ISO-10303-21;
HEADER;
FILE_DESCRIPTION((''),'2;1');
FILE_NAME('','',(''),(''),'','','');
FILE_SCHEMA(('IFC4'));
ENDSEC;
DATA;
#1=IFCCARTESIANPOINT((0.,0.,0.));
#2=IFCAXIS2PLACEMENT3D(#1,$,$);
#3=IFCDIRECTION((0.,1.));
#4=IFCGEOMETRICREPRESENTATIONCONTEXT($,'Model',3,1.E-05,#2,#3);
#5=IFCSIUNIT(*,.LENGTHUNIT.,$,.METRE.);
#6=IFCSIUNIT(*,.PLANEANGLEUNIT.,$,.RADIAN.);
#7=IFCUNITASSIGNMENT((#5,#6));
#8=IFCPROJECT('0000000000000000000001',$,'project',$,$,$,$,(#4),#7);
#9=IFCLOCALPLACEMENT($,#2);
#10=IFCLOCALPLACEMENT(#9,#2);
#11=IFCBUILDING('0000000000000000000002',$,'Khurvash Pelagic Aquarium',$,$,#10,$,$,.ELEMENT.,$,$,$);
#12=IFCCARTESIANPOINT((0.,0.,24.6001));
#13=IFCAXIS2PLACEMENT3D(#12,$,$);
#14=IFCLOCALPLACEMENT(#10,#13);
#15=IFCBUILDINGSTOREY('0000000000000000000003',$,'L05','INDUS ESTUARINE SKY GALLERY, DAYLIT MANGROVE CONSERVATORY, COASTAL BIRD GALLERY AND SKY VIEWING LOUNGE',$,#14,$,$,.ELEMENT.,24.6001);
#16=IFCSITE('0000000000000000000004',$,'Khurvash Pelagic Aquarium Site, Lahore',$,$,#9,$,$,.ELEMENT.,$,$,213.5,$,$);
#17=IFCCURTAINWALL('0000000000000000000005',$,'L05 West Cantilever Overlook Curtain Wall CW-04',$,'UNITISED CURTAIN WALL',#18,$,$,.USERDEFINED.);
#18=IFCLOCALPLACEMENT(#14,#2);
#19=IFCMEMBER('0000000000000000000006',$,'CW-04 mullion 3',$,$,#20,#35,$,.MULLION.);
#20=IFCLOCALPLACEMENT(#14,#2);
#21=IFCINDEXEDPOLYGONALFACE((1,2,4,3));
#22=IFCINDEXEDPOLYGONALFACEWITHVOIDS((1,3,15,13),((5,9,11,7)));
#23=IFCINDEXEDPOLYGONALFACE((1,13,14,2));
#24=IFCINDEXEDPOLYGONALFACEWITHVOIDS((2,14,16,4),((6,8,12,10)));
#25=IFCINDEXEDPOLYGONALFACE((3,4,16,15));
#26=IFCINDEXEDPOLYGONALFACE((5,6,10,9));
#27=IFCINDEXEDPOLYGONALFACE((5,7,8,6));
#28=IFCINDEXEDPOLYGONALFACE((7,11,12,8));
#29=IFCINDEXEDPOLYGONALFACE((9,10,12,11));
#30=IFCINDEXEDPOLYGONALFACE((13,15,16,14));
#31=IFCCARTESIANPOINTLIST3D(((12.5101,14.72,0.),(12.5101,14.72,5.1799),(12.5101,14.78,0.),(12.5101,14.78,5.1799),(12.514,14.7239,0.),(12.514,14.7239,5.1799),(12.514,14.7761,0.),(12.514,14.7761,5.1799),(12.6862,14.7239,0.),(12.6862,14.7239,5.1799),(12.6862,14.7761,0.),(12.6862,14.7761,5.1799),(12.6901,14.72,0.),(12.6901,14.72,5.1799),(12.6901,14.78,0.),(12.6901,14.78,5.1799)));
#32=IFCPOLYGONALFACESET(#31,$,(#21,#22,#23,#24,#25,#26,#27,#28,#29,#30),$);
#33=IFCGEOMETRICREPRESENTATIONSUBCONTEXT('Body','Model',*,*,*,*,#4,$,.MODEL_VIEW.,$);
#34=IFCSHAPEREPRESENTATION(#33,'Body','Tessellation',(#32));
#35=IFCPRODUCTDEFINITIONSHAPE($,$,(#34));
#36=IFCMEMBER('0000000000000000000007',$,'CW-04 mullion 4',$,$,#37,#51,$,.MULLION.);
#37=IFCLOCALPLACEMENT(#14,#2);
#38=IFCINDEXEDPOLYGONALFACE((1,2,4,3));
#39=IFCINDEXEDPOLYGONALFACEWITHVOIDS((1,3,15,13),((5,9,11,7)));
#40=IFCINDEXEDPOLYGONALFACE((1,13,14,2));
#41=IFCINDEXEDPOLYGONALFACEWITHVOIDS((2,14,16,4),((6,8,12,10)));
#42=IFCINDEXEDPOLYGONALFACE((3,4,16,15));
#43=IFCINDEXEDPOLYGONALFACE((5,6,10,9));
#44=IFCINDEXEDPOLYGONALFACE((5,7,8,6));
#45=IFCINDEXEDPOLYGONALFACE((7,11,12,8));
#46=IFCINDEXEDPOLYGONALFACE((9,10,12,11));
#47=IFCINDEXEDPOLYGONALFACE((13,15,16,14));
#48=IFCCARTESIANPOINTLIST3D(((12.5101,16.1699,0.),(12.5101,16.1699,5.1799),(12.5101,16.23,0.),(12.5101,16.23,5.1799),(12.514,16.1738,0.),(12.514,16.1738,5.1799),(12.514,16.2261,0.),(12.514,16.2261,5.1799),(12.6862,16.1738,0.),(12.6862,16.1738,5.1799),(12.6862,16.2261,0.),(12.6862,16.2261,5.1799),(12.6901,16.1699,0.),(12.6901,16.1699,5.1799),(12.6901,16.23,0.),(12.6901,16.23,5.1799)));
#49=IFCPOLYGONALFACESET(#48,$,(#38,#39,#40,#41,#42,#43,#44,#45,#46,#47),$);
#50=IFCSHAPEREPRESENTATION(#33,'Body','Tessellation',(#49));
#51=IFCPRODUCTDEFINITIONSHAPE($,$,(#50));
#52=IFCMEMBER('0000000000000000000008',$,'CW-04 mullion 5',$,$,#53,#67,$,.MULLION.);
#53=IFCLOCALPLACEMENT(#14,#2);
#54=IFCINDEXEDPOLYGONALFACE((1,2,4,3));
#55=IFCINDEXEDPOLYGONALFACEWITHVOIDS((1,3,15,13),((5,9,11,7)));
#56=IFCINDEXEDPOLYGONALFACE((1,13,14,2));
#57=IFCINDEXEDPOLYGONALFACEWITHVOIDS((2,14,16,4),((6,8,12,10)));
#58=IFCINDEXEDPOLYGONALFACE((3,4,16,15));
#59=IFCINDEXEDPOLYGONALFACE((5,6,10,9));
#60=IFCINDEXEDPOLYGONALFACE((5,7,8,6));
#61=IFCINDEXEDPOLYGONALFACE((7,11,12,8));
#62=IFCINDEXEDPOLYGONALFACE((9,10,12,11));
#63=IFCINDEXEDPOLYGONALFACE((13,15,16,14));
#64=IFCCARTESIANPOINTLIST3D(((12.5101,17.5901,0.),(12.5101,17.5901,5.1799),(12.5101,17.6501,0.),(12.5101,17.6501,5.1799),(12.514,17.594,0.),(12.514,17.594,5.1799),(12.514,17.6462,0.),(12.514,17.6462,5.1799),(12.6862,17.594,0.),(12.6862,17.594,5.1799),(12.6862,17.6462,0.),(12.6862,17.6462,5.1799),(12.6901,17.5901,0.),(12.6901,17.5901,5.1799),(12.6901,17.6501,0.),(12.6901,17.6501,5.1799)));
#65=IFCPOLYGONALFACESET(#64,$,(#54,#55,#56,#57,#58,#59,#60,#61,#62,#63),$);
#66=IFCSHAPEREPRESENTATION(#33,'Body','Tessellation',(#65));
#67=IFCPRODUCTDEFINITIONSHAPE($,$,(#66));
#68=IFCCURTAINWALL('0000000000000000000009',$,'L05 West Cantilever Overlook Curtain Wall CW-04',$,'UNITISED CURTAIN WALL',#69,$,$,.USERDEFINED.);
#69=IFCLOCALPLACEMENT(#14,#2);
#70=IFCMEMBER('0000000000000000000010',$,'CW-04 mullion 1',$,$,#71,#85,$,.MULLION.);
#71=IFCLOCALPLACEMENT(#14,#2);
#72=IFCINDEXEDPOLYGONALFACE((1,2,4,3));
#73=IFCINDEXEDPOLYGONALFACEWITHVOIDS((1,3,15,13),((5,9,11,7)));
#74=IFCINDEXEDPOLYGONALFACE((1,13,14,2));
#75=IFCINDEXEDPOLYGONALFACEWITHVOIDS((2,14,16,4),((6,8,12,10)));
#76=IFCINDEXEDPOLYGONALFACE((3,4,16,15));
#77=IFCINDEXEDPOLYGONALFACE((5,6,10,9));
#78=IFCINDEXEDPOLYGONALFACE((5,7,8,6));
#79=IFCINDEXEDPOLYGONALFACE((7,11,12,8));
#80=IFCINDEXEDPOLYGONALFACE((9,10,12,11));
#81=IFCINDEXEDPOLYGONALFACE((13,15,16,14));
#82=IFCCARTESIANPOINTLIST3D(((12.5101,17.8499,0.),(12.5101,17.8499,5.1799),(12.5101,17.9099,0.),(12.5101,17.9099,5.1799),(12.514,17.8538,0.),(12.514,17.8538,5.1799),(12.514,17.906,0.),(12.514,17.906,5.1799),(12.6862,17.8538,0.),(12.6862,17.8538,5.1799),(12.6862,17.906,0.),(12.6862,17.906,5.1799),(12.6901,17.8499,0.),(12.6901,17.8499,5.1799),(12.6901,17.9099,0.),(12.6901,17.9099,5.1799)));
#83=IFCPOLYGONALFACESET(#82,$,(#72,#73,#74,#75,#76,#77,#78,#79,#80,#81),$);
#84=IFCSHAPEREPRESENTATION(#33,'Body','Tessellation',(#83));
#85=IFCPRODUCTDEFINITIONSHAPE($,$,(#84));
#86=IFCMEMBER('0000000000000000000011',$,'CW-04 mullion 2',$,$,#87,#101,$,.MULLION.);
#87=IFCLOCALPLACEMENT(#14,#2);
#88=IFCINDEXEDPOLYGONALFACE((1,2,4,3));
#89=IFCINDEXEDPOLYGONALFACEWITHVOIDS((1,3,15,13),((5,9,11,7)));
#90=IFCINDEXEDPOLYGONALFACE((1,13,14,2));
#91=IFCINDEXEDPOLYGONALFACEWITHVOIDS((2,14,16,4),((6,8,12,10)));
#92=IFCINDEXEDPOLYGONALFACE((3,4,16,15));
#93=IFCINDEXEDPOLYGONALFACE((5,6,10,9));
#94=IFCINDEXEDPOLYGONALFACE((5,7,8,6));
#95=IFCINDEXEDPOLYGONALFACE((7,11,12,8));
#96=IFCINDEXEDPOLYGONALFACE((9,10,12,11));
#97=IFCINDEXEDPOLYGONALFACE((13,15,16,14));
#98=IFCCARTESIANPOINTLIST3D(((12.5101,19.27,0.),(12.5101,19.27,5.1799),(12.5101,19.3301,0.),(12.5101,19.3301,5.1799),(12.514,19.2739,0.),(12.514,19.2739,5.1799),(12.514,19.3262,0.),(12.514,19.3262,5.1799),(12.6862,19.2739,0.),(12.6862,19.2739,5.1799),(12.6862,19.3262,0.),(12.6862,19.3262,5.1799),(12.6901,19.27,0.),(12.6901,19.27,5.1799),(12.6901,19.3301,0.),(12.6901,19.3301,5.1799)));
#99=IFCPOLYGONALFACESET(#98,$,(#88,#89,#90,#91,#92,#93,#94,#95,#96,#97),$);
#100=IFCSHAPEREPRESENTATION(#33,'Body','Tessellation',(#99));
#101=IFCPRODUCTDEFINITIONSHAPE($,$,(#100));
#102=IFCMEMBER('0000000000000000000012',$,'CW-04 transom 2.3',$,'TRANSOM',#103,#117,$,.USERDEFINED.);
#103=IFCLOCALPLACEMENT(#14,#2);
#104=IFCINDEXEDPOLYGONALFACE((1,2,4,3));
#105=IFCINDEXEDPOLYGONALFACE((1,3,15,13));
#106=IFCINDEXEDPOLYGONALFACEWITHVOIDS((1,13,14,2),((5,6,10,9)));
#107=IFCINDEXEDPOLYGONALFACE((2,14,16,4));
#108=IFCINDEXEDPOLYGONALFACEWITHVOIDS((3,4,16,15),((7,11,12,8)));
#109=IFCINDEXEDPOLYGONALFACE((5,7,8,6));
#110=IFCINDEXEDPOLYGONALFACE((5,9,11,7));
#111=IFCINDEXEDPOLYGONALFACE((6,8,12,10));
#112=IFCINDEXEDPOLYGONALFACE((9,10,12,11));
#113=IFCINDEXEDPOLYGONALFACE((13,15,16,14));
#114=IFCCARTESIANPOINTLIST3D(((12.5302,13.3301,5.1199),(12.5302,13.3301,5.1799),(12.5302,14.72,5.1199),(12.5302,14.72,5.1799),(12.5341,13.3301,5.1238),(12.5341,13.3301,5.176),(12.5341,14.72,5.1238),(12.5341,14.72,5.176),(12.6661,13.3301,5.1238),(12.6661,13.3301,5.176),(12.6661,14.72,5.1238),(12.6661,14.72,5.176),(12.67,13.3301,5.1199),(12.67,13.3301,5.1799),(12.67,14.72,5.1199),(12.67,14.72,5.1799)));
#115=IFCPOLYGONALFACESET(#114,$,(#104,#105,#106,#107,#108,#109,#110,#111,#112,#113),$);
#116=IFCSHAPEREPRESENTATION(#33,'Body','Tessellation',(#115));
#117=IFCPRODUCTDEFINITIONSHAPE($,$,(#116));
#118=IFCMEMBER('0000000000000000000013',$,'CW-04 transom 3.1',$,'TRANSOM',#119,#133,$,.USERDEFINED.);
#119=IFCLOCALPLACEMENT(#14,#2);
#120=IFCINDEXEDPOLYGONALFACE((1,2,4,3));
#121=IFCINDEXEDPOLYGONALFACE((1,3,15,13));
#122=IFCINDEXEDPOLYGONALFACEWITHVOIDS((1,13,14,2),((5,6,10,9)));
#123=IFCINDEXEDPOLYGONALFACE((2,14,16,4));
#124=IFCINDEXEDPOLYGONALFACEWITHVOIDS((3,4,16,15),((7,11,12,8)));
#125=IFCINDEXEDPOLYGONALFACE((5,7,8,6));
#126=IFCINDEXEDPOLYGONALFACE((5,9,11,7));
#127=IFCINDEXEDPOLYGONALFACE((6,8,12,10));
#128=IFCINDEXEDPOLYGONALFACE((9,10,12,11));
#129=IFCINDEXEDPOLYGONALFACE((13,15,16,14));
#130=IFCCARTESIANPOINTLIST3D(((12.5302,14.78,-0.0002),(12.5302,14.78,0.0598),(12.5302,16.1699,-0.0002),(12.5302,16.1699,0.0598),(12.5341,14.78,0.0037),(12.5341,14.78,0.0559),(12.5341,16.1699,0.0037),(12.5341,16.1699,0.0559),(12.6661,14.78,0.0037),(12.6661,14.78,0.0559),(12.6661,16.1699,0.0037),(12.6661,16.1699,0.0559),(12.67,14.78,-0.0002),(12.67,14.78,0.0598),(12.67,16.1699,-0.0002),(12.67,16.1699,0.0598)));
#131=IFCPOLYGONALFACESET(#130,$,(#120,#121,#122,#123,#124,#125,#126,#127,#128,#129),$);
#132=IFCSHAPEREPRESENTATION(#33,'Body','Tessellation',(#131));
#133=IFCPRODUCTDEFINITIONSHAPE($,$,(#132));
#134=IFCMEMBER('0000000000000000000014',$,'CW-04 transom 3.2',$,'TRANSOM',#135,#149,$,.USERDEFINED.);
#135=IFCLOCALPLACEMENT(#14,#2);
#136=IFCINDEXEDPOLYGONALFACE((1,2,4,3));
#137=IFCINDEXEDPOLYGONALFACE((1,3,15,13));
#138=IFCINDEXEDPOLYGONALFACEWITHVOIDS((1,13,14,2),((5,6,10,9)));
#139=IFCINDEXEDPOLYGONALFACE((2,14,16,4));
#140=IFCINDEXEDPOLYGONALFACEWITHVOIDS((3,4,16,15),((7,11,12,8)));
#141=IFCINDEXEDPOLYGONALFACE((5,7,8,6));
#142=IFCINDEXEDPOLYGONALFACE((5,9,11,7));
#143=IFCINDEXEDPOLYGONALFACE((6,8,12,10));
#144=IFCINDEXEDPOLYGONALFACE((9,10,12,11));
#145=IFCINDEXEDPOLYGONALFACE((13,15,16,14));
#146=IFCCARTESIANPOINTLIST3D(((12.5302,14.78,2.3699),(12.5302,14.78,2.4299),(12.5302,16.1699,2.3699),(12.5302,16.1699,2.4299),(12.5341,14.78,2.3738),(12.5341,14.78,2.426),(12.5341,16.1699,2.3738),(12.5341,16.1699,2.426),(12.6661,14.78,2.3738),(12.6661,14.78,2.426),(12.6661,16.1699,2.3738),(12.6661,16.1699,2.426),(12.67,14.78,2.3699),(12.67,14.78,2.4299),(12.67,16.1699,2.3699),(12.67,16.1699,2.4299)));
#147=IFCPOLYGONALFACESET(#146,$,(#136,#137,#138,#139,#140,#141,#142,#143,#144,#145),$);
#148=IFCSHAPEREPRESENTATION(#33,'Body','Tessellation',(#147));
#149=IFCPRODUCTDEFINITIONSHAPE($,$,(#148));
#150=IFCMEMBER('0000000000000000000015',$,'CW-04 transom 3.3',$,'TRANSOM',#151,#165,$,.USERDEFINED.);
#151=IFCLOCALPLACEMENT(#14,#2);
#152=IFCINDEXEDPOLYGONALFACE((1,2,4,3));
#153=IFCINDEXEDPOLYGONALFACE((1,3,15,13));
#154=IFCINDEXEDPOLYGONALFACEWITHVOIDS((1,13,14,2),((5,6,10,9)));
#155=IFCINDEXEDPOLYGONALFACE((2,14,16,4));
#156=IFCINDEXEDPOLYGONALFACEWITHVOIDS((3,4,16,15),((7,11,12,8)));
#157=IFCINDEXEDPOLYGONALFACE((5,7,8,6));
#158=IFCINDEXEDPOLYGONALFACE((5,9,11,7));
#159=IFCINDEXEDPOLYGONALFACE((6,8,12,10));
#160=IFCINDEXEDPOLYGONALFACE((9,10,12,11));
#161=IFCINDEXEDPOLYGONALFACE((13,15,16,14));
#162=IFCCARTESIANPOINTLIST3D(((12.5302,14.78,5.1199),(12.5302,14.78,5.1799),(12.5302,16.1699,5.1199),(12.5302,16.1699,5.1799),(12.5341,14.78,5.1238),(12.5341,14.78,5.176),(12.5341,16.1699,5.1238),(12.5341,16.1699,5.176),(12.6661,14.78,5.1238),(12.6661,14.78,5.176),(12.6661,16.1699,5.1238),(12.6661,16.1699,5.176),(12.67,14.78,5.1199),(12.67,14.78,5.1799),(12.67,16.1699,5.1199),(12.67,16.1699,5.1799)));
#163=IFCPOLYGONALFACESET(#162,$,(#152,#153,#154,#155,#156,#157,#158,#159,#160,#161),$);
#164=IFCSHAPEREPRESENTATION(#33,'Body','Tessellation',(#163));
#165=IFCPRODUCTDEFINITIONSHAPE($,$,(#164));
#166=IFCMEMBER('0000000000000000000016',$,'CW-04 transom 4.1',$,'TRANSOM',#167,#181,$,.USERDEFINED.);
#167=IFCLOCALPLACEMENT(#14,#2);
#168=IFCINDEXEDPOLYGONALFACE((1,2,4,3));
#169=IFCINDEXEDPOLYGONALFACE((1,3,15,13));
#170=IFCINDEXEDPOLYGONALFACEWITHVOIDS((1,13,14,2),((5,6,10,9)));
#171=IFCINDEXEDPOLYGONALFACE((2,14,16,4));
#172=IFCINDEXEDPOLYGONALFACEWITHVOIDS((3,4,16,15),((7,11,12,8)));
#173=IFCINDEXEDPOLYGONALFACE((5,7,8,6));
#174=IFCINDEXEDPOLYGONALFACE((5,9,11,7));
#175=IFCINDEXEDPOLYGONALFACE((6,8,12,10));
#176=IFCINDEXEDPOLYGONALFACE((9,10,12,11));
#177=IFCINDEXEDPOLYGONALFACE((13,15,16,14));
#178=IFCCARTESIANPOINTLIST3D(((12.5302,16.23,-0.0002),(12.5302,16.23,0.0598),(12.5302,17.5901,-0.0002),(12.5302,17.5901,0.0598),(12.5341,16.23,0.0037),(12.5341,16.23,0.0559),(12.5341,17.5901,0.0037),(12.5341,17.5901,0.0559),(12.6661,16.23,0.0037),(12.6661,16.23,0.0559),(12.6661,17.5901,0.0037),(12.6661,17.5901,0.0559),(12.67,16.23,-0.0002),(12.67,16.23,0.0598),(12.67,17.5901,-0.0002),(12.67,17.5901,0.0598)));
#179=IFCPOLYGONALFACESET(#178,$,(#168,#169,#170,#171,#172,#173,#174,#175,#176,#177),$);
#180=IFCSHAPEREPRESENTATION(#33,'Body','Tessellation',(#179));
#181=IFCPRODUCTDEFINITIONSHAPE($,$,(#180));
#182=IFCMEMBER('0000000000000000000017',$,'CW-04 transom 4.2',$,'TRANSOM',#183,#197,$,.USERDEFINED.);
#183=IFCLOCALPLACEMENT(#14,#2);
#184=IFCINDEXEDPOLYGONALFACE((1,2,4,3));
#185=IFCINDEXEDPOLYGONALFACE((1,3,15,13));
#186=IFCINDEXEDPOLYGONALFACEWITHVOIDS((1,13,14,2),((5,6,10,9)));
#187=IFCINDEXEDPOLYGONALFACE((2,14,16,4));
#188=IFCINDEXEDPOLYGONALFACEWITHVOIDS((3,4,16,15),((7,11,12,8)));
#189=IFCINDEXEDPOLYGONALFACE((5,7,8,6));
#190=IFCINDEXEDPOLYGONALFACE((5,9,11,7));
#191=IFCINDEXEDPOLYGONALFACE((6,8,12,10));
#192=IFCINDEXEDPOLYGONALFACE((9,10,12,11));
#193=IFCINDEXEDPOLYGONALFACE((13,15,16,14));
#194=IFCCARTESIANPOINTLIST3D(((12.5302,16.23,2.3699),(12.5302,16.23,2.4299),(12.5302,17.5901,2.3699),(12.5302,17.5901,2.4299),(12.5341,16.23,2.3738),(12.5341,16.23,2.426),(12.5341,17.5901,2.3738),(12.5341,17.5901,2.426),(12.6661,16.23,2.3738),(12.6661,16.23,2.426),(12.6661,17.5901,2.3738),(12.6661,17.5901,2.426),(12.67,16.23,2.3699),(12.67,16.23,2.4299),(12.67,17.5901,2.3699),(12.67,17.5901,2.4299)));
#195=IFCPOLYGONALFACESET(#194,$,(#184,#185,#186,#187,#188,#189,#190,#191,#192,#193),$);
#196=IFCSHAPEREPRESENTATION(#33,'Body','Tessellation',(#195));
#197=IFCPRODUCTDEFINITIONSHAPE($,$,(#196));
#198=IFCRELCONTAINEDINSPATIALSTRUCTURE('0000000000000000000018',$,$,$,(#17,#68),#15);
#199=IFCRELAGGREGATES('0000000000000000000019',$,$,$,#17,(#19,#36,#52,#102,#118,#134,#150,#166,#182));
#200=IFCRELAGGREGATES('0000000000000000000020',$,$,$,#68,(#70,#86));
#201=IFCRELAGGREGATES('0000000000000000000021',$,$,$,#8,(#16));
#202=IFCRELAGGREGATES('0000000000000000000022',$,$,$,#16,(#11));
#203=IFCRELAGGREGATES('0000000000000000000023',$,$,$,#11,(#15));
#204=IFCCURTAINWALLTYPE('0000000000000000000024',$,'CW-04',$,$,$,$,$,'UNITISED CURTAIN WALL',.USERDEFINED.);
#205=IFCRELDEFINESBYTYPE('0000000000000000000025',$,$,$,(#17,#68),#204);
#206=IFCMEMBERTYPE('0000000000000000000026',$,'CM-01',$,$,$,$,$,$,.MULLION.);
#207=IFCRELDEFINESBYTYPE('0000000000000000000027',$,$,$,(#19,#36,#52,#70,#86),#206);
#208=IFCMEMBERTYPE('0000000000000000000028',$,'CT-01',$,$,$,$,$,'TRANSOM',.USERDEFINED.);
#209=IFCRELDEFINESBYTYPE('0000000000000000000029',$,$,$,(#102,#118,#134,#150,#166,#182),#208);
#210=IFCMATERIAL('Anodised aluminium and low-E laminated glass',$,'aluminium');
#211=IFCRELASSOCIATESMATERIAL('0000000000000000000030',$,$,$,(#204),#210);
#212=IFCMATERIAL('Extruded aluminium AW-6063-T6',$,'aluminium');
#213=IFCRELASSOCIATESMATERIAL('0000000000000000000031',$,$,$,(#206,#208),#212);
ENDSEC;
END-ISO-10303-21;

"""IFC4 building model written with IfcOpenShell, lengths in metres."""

from ifc_helpers import new_model, si_unit, direction, frame, origin, origin_2d, place, context, subcontext, project, spatial, hollow_rectangle, extrude, material, material_profile, profile_set, type_object, element, aggregate, save


model = new_model("IFC4")

# Units and contexts
model_context = context("Model", 3, precision=1e-05, world=origin(), true_north=direction((0.0, 1.0)))
body_context = subcontext(model_context, "Body", "Model", "MODEL_VIEW")
ifc_project = project(units=[si_unit("LENGTHUNIT", "METRE"), si_unit("PLANEANGLEUNIT", "RADIAN")], contexts=[model_context])

# Site, building, storey
site_placement = place(None, origin())
site = spatial("IfcSite", under=ifc_project, at=site_placement, Name="Khurvash Pelagic Aquarium Site, Lahore", CompositionType="ELEMENT", RefElevation=213.5)
building_placement = place(site_placement, origin())
building = spatial("IfcBuilding", under=site, at=building_placement, Name="Khurvash Pelagic Aquarium", CompositionType="ELEMENT")
storey_placement = place(building_placement, frame((0.0, 0.0, 24.6001)))
storey = spatial("IfcBuildingStorey", under=building, at=storey_placement, Name="L05", Description="INDUS ESTUARINE SKY GALLERY, DAYLIT MANGROVE CONSERVATORY, COASTAL BIRD GALLERY AND SKY VIEWING LOUNGE", CompositionType="ELEMENT", Elevation=24.6001)

# Curtain walls, members
ifc_material_1 = material(Name="Anodised aluminium and low-E laminated glass", Category="aluminium")
curtain_wall_type = type_object("IfcCurtainWallType", Name="CW-04", ElementType="UNITISED CURTAIN WALL", PredefinedType="USERDEFINED", material=ifc_material_1)
curtain_wall_1_placement = place(storey_placement, origin())
curtain_wall_1 = element("IfcCurtainWall", 1, at=curtain_wall_1_placement, inside=storey, type_object=curtain_wall_type, Name="L05 West Cantilever Overlook Curtain Wall CW-04", ObjectType="UNITISED CURTAIN WALL", PredefinedType="USERDEFINED")
ifc_material_2 = material(Name="Extruded aluminium AW-6063-T6", Category="aluminium")
ifc_material_profile_1 = material_profile(ifc_material_2, hollow_rectangle(XDim=0.0601, YDim=0.1799, WallThickness=0.0039, at=origin_2d()), Name="CWM60X180X4")
ifc_profile_set_1 = profile_set([ifc_material_profile_1], Name="Extruded aluminium AW-6063-T6")
member_type_1 = type_object("IfcMemberType", Name="CM-01", PredefinedType="MULLION", material=ifc_profile_set_1)
member_1_placement = place(storey_placement, frame((12.6001, 14.75, 0.0), z_axis=(0.0, 0.0, 1.0), x_axis=(0.0, 1.0, 0.0)))
member_1 = element("IfcMember", 2, at=member_1_placement, type_object=member_type_1, Name="CW-04 mullion 3", PredefinedType="MULLION", context=body_context, shape_type="SweptSolid", body=[
    extrude(hollow_rectangle(XDim=0.0601, YDim=0.1799, WallThickness=0.0039, at=origin_2d()), origin(), (0.0, 0.0, 1.0), 5.1799),
])
member_2_placement = place(storey_placement, frame((12.6001, 16.2, 0.0), z_axis=(0.0, 0.0, 1.0), x_axis=(0.0, 1.0, 0.0)))
member_2 = element("IfcMember", 3, at=member_2_placement, type_object=member_type_1, Name="CW-04 mullion 4", PredefinedType="MULLION", context=body_context, shape_type="SweptSolid", body=[
    extrude(hollow_rectangle(XDim=0.0601, YDim=0.1799, WallThickness=0.0039, at=origin_2d()), origin(), (0.0, 0.0, 1.0), 5.1799),
])
member_3_placement = place(storey_placement, frame((12.6001, 17.6201, 0.0), z_axis=(0.0, 0.0, 1.0), x_axis=(0.0, 1.0, 0.0)))
member_3 = element("IfcMember", 4, at=member_3_placement, type_object=member_type_1, Name="CW-04 mullion 5", PredefinedType="MULLION", context=body_context, shape_type="SweptSolid", body=[
    extrude(hollow_rectangle(XDim=0.0601, YDim=0.1799, WallThickness=0.0039, at=origin_2d()), origin(), (0.0, 0.0, 1.0), 5.1799),
])
curtain_wall_2_placement = place(storey_placement, origin())
curtain_wall_2 = element("IfcCurtainWall", 5, at=curtain_wall_2_placement, inside=storey, type_object=curtain_wall_type, Name="L05 West Cantilever Overlook Curtain Wall CW-04", ObjectType="UNITISED CURTAIN WALL", PredefinedType="USERDEFINED")
member_4_placement = place(storey_placement, frame((12.6001, 17.8799, 0.0), z_axis=(0.0, 0.0, 1.0), x_axis=(0.0, 1.0, 0.0)))
member_4 = element("IfcMember", 6, at=member_4_placement, type_object=member_type_1, Name="CW-04 mullion 1", PredefinedType="MULLION", context=body_context, shape_type="SweptSolid", body=[
    extrude(hollow_rectangle(XDim=0.0601, YDim=0.1799, WallThickness=0.0039, at=origin_2d()), origin(), (0.0, 0.0, 1.0), 5.1799),
])
member_5_placement = place(storey_placement, frame((12.6001, 19.3, 0.0), z_axis=(0.0, 0.0, 1.0), x_axis=(0.0, 1.0, 0.0)))
member_5 = element("IfcMember", 7, at=member_5_placement, type_object=member_type_1, Name="CW-04 mullion 2", PredefinedType="MULLION", context=body_context, shape_type="SweptSolid", body=[
    extrude(hollow_rectangle(XDim=0.0601, YDim=0.1799, WallThickness=0.0039, at=origin_2d()), origin(), (0.0, 0.0, 1.0), 5.1799),
])

# Members
ifc_material_profile_2 = material_profile(ifc_material_2, hollow_rectangle(XDim=0.1399, YDim=0.0601, WallThickness=0.0039, at=origin_2d()), Name="CWT140X60X4")
ifc_profile_set_2 = profile_set([ifc_material_profile_2], Name="Extruded aluminium AW-6063-T6")
member_type_2 = type_object("IfcMemberType", Name="CT-01", ElementType="TRANSOM", PredefinedType="USERDEFINED", material=ifc_profile_set_2)
member_6_placement = place(storey_placement, frame((12.6001, 13.3301, 5.1499), z_axis=(0.0, 1.0, 0.0), x_axis=(-1.0, 0.0, 0.0)))
member_6 = element("IfcMember", 8, at=member_6_placement, type_object=member_type_2, Name="CW-04 transom 2.3", ObjectType="TRANSOM", PredefinedType="USERDEFINED", context=body_context, shape_type="SweptSolid", body=[
    extrude(hollow_rectangle(XDim=0.1399, YDim=0.0601, WallThickness=0.0039, at=origin_2d()), origin(), (0.0, 0.0, 1.0), 1.3899),
])
member_7_placement = place(storey_placement, frame((12.6001, 14.78, 0.0298), z_axis=(0.0, 1.0, 0.0), x_axis=(-1.0, 0.0, 0.0)))
member_7 = element("IfcMember", 9, at=member_7_placement, type_object=member_type_2, Name="CW-04 transom 3.1", ObjectType="TRANSOM", PredefinedType="USERDEFINED", context=body_context, shape_type="SweptSolid", body=[
    extrude(hollow_rectangle(XDim=0.1399, YDim=0.0601, WallThickness=0.0039, at=origin_2d()), origin(), (0.0, 0.0, 1.0), 1.3899),
])
member_8_placement = place(storey_placement, frame((12.6001, 14.78, 2.3999), z_axis=(0.0, 1.0, 0.0), x_axis=(-1.0, 0.0, 0.0)))
member_8 = element("IfcMember", 10, at=member_8_placement, type_object=member_type_2, Name="CW-04 transom 3.2", ObjectType="TRANSOM", PredefinedType="USERDEFINED", context=body_context, shape_type="SweptSolid", body=[
    extrude(hollow_rectangle(XDim=0.1399, YDim=0.0601, WallThickness=0.0039, at=origin_2d()), origin(), (0.0, 0.0, 1.0), 1.3899),
])
member_9_placement = place(storey_placement, frame((12.6001, 14.78, 5.1499), z_axis=(0.0, 1.0, 0.0), x_axis=(-1.0, 0.0, 0.0)))
member_9 = element("IfcMember", 11, at=member_9_placement, type_object=member_type_2, Name="CW-04 transom 3.3", ObjectType="TRANSOM", PredefinedType="USERDEFINED", context=body_context, shape_type="SweptSolid", body=[
    extrude(hollow_rectangle(XDim=0.1399, YDim=0.0601, WallThickness=0.0039, at=origin_2d()), origin(), (0.0, 0.0, 1.0), 1.3899),
])
member_10_placement = place(storey_placement, frame((12.6001, 16.23, 0.0298), z_axis=(0.0, 1.0, 0.0), x_axis=(-1.0, 0.0, 0.0)))
member_10 = element("IfcMember", 12, at=member_10_placement, type_object=member_type_2, Name="CW-04 transom 4.1", ObjectType="TRANSOM", PredefinedType="USERDEFINED", context=body_context, shape_type="SweptSolid", body=[
    extrude(hollow_rectangle(XDim=0.1399, YDim=0.0601, WallThickness=0.0039, at=origin_2d()), origin(), (0.0, 0.0, 1.0), 1.3601),
])
member_11_placement = place(storey_placement, frame((12.6001, 16.23, 2.3999), z_axis=(0.0, 1.0, 0.0), x_axis=(-1.0, 0.0, 0.0)))
member_11 = element("IfcMember", 13, at=member_11_placement, type_object=member_type_2, Name="CW-04 transom 4.2", ObjectType="TRANSOM", PredefinedType="USERDEFINED", context=body_context, shape_type="SweptSolid", body=[
    extrude(hollow_rectangle(XDim=0.1399, YDim=0.0601, WallThickness=0.0039, at=origin_2d()), origin(), (0.0, 0.0, 1.0), 1.3601),
])

aggregate(curtain_wall_1, [member_1, member_2, member_3, member_6, member_7, member_8, member_9, member_10, member_11])
aggregate(curtain_wall_2, [member_4, member_5])

save(model, "model.ifc")
